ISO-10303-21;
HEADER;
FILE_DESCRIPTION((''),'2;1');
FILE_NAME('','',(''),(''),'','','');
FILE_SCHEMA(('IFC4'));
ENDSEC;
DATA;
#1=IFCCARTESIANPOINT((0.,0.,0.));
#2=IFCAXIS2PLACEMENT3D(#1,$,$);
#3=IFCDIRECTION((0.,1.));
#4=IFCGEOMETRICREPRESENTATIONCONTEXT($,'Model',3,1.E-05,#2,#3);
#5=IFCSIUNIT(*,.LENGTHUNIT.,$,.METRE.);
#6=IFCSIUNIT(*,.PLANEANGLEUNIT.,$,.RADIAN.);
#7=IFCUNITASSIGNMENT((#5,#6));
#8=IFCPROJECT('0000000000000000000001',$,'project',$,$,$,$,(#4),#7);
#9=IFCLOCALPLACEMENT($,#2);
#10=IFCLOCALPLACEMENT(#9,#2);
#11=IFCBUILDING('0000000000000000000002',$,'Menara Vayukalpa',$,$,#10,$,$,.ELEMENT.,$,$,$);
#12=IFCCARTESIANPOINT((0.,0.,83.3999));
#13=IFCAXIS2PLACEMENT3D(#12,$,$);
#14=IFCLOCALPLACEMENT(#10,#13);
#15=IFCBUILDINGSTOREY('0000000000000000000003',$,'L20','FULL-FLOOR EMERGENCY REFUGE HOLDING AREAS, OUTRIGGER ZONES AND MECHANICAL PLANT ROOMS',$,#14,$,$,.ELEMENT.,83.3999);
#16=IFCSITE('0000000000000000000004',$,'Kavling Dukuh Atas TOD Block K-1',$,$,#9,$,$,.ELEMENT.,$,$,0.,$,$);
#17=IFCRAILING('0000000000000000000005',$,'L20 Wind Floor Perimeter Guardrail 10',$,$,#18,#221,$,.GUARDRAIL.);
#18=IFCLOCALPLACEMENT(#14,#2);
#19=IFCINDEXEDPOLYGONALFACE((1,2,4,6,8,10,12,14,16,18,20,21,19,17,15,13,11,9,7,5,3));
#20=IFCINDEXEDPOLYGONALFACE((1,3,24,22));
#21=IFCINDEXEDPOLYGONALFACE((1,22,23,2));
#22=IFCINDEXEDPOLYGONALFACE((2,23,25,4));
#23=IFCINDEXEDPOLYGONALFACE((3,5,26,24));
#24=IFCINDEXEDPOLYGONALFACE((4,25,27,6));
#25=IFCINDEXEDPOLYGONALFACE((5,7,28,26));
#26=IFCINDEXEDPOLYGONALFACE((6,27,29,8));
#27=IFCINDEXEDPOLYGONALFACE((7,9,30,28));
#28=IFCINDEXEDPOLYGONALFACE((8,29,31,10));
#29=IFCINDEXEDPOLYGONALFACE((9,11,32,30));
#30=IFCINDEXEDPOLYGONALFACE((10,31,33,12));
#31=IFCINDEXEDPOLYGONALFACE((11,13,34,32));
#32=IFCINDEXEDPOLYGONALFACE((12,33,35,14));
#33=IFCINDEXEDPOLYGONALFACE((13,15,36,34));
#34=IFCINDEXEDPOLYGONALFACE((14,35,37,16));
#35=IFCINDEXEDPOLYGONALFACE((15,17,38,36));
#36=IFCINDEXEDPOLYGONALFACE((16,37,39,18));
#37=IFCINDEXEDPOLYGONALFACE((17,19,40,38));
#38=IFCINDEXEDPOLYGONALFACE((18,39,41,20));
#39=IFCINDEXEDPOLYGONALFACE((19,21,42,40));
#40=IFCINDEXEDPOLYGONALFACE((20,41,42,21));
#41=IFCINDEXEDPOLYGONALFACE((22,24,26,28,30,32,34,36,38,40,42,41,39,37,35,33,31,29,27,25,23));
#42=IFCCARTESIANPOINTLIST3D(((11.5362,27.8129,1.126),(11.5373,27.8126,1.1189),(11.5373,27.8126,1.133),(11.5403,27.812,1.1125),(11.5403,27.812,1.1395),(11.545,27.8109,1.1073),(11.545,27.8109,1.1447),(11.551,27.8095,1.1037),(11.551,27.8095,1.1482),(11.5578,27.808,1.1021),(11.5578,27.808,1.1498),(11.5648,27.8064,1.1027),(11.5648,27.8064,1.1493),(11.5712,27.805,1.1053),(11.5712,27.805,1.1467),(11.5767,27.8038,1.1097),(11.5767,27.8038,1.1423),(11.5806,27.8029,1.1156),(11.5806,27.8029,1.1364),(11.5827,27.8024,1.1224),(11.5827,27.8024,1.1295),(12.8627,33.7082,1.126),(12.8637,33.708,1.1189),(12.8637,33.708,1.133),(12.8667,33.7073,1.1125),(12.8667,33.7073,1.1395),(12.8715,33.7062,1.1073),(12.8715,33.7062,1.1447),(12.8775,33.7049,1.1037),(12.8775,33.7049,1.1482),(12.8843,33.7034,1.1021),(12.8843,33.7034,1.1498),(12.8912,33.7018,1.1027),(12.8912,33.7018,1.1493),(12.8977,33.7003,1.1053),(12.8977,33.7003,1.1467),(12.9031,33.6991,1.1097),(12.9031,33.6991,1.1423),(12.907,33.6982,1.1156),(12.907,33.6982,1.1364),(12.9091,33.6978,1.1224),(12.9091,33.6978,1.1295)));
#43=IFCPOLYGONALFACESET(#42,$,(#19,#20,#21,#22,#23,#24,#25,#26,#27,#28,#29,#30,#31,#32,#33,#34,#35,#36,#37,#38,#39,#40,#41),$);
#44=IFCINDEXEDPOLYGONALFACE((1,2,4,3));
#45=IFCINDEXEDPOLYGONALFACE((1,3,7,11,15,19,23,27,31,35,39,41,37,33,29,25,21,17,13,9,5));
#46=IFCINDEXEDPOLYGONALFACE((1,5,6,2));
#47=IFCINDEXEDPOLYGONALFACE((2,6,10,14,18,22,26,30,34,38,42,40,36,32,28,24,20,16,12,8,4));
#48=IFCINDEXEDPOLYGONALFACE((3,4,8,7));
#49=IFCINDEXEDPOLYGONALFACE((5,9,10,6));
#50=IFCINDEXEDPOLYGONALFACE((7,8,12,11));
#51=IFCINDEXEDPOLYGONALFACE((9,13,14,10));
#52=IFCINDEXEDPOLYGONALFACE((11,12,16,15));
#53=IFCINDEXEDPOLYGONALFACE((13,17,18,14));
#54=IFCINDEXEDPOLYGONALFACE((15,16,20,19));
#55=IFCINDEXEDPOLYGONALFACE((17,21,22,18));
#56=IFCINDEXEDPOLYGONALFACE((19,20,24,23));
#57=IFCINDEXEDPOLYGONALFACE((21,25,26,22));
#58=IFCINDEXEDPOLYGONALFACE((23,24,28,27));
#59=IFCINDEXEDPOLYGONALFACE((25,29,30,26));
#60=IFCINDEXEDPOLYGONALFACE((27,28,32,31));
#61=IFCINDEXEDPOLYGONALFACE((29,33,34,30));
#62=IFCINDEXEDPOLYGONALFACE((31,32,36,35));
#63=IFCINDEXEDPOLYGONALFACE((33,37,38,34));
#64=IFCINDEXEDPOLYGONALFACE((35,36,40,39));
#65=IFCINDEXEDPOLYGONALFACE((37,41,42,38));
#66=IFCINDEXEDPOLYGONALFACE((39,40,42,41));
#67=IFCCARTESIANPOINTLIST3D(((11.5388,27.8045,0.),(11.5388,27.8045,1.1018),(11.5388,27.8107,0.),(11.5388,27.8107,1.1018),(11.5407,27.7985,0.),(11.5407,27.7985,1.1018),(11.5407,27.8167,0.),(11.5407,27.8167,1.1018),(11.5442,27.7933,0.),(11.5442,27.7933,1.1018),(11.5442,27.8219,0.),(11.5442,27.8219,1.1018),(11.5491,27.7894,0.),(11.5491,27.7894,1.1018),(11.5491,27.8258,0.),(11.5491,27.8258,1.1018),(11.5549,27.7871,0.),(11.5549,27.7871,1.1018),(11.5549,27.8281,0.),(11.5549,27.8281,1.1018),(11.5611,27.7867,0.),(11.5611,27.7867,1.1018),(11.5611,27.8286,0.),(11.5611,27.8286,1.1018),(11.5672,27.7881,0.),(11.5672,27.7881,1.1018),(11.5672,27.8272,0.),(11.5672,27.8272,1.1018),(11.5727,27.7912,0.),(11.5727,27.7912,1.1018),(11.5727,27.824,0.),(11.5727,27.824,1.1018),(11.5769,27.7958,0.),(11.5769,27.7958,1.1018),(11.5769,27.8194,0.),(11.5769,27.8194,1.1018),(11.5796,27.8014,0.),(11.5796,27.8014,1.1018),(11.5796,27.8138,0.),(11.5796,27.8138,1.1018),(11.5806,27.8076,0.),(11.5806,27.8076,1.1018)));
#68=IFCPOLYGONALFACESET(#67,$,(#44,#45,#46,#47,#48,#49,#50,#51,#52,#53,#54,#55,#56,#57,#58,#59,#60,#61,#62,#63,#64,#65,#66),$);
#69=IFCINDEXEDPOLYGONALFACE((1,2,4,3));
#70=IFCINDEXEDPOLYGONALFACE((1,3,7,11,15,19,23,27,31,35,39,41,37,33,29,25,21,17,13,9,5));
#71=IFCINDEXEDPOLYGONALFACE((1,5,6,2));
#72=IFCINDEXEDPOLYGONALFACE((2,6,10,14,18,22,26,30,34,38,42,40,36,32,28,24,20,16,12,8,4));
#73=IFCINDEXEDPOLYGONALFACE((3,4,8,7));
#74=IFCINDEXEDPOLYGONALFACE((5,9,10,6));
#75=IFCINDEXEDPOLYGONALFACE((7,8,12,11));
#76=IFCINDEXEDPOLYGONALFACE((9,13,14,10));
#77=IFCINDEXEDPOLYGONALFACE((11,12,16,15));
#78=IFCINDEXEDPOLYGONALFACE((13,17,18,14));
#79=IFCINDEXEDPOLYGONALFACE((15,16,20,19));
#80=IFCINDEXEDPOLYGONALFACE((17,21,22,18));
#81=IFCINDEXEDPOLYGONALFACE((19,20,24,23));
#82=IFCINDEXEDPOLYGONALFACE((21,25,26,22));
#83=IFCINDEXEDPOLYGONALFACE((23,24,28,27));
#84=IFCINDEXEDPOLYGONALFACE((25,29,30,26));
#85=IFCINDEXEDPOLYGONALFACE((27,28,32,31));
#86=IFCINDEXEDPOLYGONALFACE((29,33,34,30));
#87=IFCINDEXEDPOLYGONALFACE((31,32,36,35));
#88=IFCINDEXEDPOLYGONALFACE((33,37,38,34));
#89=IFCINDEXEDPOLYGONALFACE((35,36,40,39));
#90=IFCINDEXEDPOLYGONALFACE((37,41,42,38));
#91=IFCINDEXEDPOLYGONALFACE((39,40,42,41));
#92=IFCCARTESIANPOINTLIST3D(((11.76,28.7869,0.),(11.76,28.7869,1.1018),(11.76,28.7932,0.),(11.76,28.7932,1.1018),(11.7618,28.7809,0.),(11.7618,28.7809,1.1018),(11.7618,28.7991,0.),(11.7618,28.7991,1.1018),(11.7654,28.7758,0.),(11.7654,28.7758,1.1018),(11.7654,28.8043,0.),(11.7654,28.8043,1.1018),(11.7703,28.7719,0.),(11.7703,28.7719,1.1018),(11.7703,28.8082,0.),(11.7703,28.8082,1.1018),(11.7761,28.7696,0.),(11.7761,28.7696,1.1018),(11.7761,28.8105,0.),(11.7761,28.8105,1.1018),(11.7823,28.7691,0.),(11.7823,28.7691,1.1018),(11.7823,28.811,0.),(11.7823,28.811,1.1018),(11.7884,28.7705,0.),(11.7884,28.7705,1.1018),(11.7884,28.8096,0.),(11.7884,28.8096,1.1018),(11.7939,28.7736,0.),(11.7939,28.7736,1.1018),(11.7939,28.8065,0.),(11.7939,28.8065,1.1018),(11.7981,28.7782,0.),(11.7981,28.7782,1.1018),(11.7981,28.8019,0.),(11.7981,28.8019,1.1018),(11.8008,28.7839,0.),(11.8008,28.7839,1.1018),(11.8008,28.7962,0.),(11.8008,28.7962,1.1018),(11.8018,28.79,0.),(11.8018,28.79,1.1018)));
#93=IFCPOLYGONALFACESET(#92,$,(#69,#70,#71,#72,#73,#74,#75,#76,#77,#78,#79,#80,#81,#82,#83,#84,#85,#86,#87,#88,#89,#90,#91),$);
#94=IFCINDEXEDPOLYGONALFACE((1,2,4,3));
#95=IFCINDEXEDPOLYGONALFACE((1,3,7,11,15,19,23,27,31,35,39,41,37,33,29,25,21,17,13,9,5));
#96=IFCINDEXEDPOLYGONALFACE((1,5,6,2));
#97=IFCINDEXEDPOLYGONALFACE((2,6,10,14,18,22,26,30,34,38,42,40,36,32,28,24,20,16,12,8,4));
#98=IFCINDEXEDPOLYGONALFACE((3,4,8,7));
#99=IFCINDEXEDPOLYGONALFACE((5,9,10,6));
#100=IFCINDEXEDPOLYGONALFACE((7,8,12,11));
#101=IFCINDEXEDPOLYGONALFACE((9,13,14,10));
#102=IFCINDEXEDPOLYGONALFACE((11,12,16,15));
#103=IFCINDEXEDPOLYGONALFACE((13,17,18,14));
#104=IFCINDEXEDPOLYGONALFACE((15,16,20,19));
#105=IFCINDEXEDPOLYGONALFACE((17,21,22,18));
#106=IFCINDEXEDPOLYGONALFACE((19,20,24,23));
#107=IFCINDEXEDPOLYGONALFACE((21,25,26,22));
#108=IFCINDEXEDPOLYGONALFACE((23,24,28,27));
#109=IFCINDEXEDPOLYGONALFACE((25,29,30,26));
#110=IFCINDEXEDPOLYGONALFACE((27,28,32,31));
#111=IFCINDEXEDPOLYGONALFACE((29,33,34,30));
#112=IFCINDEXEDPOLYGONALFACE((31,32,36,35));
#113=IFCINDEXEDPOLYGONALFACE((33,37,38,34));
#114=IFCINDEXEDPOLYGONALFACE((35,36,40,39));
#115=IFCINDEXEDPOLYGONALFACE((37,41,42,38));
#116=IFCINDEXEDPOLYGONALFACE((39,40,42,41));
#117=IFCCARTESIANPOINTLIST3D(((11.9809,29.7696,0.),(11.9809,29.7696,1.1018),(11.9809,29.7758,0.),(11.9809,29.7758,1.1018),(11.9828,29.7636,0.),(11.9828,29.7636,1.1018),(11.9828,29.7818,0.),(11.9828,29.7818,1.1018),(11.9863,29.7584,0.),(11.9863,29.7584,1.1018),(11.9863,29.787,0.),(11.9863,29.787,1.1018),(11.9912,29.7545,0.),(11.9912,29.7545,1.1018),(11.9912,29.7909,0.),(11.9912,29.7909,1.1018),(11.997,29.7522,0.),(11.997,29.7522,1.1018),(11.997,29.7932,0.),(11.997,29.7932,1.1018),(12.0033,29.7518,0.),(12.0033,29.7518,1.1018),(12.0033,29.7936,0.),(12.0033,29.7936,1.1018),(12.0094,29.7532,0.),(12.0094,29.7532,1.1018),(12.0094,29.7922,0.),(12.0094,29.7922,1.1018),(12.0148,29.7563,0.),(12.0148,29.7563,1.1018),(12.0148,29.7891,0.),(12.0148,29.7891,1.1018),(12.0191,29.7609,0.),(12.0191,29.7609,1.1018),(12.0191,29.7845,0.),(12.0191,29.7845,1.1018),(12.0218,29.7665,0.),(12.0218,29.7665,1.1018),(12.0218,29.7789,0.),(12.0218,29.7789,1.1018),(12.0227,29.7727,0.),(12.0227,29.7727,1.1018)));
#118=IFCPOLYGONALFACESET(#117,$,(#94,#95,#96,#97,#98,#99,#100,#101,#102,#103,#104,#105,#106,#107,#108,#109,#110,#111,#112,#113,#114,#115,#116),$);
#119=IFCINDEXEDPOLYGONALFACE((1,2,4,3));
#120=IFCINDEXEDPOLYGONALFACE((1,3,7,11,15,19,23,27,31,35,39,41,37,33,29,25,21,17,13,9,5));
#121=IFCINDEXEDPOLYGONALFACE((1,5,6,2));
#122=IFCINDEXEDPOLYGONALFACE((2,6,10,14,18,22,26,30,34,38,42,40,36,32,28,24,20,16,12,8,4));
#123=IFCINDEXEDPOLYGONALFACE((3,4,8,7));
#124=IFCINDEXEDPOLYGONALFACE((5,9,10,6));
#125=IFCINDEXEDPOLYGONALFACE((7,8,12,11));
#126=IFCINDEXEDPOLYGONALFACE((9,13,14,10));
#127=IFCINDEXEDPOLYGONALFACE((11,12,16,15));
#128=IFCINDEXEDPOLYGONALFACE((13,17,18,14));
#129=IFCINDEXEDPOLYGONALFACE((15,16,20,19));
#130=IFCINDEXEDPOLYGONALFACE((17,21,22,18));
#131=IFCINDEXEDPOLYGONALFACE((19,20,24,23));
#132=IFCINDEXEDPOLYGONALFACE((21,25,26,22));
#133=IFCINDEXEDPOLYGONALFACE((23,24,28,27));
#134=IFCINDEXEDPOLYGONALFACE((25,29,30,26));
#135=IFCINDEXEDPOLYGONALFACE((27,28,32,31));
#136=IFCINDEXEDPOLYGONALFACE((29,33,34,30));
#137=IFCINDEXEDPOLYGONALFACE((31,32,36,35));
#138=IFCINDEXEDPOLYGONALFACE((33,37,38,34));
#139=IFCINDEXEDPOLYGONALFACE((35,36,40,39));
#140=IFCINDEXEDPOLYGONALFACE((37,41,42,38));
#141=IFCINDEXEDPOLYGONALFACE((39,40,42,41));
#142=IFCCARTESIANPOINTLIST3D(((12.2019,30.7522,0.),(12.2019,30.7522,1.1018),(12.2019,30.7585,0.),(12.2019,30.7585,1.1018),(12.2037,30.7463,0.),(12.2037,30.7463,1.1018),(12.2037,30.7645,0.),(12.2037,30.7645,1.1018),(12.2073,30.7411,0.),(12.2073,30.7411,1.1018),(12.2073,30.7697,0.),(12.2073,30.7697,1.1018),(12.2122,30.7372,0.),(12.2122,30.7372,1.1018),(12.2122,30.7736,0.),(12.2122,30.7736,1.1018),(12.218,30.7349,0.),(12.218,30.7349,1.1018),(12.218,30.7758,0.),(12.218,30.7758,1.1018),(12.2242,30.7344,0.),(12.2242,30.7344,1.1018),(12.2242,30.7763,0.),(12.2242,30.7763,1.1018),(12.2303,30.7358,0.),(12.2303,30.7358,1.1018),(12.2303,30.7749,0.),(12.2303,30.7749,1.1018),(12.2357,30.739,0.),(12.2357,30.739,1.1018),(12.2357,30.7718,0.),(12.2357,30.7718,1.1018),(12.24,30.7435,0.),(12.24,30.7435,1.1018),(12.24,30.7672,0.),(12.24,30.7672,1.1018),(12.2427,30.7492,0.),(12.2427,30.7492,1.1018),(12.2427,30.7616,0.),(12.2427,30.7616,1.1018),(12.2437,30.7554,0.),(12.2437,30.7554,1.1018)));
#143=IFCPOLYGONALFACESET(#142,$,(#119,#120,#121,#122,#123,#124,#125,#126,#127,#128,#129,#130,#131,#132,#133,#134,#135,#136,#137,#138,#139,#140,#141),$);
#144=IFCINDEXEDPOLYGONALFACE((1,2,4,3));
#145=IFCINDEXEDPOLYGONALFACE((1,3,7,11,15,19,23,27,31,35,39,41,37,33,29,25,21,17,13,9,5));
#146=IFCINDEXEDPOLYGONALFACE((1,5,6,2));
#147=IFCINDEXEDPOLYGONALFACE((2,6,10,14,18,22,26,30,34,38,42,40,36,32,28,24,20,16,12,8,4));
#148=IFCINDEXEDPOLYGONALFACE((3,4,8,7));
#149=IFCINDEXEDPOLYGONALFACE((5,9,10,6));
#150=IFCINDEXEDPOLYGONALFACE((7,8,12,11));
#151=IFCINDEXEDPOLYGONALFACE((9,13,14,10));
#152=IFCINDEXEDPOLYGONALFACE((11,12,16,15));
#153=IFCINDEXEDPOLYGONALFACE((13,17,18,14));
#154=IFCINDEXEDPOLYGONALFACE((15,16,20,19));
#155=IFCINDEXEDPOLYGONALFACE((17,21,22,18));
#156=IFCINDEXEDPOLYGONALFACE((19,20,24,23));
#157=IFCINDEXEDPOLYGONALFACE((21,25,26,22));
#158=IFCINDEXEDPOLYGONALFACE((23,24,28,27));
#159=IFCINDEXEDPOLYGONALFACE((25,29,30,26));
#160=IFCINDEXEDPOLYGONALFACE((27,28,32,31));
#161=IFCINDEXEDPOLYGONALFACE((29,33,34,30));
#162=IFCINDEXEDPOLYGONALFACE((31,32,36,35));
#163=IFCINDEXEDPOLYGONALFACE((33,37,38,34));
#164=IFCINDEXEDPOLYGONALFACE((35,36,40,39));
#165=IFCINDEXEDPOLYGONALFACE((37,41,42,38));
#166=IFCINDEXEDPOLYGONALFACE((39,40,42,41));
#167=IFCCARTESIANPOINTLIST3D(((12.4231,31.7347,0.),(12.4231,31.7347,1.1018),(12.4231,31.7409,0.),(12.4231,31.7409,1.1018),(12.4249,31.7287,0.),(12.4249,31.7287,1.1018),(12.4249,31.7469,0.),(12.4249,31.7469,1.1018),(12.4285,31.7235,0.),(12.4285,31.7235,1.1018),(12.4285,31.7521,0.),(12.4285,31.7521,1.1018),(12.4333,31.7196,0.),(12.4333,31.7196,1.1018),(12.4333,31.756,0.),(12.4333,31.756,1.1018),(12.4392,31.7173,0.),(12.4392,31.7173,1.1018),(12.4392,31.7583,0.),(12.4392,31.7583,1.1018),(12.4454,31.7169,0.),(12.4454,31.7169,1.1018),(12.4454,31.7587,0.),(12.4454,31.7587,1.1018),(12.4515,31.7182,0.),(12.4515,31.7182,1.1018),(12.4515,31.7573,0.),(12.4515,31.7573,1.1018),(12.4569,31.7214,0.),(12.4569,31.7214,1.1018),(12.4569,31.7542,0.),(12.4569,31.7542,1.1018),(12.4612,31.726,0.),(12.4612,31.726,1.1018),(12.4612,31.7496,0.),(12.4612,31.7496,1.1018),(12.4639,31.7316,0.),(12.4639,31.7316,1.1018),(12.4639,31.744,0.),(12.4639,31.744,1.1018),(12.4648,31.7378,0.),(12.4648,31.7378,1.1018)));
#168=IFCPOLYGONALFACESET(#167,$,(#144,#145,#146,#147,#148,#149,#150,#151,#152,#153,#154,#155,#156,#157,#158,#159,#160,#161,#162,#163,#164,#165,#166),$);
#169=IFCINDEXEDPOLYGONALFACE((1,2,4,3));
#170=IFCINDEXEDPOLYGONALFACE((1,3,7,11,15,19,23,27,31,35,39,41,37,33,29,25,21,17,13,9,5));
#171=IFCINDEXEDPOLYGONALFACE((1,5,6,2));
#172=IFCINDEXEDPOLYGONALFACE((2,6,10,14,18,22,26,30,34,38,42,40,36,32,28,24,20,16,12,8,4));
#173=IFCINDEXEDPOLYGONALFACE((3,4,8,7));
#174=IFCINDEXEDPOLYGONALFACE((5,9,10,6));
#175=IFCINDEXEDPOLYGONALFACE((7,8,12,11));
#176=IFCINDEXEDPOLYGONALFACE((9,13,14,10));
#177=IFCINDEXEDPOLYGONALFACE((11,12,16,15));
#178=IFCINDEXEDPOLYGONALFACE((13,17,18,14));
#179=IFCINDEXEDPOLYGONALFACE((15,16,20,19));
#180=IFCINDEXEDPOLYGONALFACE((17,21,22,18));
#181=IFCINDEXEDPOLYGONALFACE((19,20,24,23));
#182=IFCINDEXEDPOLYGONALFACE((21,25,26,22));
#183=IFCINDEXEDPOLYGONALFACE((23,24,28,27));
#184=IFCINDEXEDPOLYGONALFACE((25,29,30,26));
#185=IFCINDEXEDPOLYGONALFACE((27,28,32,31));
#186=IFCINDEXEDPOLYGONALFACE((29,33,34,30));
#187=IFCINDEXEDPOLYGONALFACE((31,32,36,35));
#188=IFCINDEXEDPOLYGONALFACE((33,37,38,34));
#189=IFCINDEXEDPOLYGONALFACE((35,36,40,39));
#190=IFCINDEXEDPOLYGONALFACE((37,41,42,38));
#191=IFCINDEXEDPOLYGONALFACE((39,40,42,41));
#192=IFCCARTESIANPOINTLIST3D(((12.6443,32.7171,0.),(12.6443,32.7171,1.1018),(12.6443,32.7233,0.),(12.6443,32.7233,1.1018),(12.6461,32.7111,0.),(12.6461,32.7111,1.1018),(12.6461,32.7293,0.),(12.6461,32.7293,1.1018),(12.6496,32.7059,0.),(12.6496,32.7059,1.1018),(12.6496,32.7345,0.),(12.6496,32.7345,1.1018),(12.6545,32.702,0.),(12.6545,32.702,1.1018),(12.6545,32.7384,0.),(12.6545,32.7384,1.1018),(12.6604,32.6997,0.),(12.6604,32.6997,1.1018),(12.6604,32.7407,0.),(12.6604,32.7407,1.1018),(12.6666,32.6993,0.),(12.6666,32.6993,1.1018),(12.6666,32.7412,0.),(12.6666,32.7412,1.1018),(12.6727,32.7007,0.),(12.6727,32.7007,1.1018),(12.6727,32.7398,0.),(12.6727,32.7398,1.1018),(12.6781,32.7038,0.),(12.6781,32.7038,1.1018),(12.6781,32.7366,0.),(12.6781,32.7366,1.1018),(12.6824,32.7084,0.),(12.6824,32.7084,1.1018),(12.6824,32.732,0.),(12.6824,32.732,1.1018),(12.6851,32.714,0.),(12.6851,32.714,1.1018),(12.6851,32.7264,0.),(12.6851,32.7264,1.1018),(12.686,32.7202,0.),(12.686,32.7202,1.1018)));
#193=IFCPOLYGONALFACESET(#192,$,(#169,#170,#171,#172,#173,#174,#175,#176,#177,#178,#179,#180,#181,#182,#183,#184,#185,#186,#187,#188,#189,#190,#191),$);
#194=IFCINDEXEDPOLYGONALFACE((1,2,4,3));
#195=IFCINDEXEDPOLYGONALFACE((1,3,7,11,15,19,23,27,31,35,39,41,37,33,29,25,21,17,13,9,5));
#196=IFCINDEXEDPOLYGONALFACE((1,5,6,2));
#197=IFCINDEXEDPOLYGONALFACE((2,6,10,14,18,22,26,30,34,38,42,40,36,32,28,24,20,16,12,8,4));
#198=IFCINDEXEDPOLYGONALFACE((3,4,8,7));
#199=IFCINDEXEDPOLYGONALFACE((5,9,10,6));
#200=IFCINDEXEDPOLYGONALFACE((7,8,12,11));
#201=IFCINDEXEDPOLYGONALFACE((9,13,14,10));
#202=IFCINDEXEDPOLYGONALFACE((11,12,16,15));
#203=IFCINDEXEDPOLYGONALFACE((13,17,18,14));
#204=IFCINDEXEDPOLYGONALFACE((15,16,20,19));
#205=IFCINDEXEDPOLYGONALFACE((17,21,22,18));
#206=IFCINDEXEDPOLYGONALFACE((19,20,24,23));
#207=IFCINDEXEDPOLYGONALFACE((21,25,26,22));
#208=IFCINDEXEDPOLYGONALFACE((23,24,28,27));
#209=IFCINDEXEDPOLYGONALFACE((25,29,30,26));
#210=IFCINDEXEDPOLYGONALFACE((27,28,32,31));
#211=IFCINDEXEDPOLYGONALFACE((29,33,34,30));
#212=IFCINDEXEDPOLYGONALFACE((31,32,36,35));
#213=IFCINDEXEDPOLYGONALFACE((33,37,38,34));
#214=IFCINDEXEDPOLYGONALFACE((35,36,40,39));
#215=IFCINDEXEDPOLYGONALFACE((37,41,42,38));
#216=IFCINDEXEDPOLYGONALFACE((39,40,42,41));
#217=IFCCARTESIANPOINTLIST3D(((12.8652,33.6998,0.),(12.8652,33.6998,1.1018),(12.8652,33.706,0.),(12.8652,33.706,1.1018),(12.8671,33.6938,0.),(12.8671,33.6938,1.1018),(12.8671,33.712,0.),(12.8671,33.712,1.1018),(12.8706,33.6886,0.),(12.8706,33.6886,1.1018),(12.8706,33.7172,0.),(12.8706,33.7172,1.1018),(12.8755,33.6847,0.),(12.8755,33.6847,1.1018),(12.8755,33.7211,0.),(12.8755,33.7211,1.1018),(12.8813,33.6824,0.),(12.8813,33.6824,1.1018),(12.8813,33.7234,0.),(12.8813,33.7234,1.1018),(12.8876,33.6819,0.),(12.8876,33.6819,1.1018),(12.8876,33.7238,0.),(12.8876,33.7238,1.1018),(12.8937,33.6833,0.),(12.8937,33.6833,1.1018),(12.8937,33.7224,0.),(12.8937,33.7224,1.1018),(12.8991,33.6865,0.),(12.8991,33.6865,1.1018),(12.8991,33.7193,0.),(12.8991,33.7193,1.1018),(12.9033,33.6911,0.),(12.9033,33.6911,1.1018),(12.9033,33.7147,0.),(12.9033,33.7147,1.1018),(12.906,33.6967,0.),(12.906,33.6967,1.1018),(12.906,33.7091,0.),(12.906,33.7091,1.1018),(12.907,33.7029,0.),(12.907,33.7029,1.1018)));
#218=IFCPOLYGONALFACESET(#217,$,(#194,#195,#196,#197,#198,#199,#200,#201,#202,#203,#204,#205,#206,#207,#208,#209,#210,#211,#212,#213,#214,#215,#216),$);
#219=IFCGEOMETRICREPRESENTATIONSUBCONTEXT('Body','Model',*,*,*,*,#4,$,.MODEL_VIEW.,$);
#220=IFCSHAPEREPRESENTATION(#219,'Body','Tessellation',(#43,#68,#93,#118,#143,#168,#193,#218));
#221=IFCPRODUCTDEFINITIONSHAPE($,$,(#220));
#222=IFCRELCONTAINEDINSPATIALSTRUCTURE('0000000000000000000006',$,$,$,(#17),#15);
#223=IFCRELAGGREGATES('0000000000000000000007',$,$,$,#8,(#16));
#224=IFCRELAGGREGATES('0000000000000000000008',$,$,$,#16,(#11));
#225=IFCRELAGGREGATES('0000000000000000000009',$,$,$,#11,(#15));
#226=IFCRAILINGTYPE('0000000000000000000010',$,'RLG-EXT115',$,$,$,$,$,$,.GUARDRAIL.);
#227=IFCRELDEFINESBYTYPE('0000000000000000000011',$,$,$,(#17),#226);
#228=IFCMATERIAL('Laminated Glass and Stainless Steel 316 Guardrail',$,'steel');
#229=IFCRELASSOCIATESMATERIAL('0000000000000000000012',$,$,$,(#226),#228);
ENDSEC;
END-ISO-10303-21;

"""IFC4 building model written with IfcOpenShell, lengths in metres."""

from ifc_helpers import new_model, si_unit, direction, frame, origin, origin_2d, place, context, subcontext, project, spatial, circle, extrude, material, type_object, element, save


model = new_model("IFC4")

# Units and contexts
model_context = context("Model", 3, precision=1e-05, world=origin(), true_north=direction((0.0, 1.0)))
body_context = subcontext(model_context, "Body", "Model", "MODEL_VIEW")
ifc_project = project(units=[si_unit("LENGTHUNIT", "METRE"), si_unit("PLANEANGLEUNIT", "RADIAN")], contexts=[model_context])

# Site, building, storey
site_placement = place(None, origin())
site = spatial("IfcSite", under=ifc_project, at=site_placement, Name="Kavling Dukuh Atas TOD Block K-1", CompositionType="ELEMENT", RefElevation=0.0)
building_placement = place(site_placement, origin())
building = spatial("IfcBuilding", under=site, at=building_placement, Name="Menara Vayukalpa", CompositionType="ELEMENT")
storey_placement = place(building_placement, frame((0.0, 0.0, 83.3999)))
storey = spatial("IfcBuildingStorey", under=building, at=storey_placement, Name="L20", Description="FULL-FLOOR EMERGENCY REFUGE HOLDING AREAS, OUTRIGGER ZONES AND MECHANICAL PLANT ROOMS", CompositionType="ELEMENT", Elevation=83.3999)

# Railing
ifc_material_1 = material(Name="Laminated Glass and Stainless Steel 316 Guardrail", Category="steel")
railing_type = type_object("IfcRailingType", Name="RLG-EXT115", PredefinedType="GUARDRAIL", material=ifc_material_1)
railing_1_placement = place(storey_placement, frame((11.5596, 27.8076, 0.0)))
element("IfcRailing", 1, at=railing_1_placement, inside=storey, type_object=railing_type, Name="L20 Wind Floor Perimeter Guardrail 10", PredefinedType="GUARDRAIL", context=body_context, shape_type="SweptSolid", body=[
    extrude(circle(Radius=0.0239, at=origin_2d()), frame((0.0, 0.0, 1.126), z_axis=(0.219509, 0.97561, 0.0), x_axis=(-0.97561, 0.219509, 0.0)), (0.0, 0.0, 1.0), 6.0427),
    extrude(circle(Radius=0.021, at=origin_2d()), origin(), (0.0, 0.0, 1.0), 1.1018),
    extrude(circle(Radius=0.021, at=origin_2d()), frame((0.2212, 0.9824, 0.0)), (0.0, 0.0, 1.0), 1.1018),
    extrude(circle(Radius=0.021, at=origin_2d()), frame((0.4421, 1.9651, 0.0)), (0.0, 0.0, 1.0), 1.1018),
    extrude(circle(Radius=0.021, at=origin_2d()), frame((0.6631, 2.9478, 0.0)), (0.0, 0.0, 1.0), 1.1018),
    extrude(circle(Radius=0.021, at=origin_2d()), frame((0.8843, 3.9302, 0.0)), (0.0, 0.0, 1.0), 1.1018),
    extrude(circle(Radius=0.021, at=origin_2d()), frame((1.1055, 4.9126, 0.0)), (0.0, 0.0, 1.0), 1.1018),
    extrude(circle(Radius=0.021, at=origin_2d()), frame((1.3264, 5.8953, 0.0)), (0.0, 0.0, 1.0), 1.1018),
])

save(model, "model.ifc")
